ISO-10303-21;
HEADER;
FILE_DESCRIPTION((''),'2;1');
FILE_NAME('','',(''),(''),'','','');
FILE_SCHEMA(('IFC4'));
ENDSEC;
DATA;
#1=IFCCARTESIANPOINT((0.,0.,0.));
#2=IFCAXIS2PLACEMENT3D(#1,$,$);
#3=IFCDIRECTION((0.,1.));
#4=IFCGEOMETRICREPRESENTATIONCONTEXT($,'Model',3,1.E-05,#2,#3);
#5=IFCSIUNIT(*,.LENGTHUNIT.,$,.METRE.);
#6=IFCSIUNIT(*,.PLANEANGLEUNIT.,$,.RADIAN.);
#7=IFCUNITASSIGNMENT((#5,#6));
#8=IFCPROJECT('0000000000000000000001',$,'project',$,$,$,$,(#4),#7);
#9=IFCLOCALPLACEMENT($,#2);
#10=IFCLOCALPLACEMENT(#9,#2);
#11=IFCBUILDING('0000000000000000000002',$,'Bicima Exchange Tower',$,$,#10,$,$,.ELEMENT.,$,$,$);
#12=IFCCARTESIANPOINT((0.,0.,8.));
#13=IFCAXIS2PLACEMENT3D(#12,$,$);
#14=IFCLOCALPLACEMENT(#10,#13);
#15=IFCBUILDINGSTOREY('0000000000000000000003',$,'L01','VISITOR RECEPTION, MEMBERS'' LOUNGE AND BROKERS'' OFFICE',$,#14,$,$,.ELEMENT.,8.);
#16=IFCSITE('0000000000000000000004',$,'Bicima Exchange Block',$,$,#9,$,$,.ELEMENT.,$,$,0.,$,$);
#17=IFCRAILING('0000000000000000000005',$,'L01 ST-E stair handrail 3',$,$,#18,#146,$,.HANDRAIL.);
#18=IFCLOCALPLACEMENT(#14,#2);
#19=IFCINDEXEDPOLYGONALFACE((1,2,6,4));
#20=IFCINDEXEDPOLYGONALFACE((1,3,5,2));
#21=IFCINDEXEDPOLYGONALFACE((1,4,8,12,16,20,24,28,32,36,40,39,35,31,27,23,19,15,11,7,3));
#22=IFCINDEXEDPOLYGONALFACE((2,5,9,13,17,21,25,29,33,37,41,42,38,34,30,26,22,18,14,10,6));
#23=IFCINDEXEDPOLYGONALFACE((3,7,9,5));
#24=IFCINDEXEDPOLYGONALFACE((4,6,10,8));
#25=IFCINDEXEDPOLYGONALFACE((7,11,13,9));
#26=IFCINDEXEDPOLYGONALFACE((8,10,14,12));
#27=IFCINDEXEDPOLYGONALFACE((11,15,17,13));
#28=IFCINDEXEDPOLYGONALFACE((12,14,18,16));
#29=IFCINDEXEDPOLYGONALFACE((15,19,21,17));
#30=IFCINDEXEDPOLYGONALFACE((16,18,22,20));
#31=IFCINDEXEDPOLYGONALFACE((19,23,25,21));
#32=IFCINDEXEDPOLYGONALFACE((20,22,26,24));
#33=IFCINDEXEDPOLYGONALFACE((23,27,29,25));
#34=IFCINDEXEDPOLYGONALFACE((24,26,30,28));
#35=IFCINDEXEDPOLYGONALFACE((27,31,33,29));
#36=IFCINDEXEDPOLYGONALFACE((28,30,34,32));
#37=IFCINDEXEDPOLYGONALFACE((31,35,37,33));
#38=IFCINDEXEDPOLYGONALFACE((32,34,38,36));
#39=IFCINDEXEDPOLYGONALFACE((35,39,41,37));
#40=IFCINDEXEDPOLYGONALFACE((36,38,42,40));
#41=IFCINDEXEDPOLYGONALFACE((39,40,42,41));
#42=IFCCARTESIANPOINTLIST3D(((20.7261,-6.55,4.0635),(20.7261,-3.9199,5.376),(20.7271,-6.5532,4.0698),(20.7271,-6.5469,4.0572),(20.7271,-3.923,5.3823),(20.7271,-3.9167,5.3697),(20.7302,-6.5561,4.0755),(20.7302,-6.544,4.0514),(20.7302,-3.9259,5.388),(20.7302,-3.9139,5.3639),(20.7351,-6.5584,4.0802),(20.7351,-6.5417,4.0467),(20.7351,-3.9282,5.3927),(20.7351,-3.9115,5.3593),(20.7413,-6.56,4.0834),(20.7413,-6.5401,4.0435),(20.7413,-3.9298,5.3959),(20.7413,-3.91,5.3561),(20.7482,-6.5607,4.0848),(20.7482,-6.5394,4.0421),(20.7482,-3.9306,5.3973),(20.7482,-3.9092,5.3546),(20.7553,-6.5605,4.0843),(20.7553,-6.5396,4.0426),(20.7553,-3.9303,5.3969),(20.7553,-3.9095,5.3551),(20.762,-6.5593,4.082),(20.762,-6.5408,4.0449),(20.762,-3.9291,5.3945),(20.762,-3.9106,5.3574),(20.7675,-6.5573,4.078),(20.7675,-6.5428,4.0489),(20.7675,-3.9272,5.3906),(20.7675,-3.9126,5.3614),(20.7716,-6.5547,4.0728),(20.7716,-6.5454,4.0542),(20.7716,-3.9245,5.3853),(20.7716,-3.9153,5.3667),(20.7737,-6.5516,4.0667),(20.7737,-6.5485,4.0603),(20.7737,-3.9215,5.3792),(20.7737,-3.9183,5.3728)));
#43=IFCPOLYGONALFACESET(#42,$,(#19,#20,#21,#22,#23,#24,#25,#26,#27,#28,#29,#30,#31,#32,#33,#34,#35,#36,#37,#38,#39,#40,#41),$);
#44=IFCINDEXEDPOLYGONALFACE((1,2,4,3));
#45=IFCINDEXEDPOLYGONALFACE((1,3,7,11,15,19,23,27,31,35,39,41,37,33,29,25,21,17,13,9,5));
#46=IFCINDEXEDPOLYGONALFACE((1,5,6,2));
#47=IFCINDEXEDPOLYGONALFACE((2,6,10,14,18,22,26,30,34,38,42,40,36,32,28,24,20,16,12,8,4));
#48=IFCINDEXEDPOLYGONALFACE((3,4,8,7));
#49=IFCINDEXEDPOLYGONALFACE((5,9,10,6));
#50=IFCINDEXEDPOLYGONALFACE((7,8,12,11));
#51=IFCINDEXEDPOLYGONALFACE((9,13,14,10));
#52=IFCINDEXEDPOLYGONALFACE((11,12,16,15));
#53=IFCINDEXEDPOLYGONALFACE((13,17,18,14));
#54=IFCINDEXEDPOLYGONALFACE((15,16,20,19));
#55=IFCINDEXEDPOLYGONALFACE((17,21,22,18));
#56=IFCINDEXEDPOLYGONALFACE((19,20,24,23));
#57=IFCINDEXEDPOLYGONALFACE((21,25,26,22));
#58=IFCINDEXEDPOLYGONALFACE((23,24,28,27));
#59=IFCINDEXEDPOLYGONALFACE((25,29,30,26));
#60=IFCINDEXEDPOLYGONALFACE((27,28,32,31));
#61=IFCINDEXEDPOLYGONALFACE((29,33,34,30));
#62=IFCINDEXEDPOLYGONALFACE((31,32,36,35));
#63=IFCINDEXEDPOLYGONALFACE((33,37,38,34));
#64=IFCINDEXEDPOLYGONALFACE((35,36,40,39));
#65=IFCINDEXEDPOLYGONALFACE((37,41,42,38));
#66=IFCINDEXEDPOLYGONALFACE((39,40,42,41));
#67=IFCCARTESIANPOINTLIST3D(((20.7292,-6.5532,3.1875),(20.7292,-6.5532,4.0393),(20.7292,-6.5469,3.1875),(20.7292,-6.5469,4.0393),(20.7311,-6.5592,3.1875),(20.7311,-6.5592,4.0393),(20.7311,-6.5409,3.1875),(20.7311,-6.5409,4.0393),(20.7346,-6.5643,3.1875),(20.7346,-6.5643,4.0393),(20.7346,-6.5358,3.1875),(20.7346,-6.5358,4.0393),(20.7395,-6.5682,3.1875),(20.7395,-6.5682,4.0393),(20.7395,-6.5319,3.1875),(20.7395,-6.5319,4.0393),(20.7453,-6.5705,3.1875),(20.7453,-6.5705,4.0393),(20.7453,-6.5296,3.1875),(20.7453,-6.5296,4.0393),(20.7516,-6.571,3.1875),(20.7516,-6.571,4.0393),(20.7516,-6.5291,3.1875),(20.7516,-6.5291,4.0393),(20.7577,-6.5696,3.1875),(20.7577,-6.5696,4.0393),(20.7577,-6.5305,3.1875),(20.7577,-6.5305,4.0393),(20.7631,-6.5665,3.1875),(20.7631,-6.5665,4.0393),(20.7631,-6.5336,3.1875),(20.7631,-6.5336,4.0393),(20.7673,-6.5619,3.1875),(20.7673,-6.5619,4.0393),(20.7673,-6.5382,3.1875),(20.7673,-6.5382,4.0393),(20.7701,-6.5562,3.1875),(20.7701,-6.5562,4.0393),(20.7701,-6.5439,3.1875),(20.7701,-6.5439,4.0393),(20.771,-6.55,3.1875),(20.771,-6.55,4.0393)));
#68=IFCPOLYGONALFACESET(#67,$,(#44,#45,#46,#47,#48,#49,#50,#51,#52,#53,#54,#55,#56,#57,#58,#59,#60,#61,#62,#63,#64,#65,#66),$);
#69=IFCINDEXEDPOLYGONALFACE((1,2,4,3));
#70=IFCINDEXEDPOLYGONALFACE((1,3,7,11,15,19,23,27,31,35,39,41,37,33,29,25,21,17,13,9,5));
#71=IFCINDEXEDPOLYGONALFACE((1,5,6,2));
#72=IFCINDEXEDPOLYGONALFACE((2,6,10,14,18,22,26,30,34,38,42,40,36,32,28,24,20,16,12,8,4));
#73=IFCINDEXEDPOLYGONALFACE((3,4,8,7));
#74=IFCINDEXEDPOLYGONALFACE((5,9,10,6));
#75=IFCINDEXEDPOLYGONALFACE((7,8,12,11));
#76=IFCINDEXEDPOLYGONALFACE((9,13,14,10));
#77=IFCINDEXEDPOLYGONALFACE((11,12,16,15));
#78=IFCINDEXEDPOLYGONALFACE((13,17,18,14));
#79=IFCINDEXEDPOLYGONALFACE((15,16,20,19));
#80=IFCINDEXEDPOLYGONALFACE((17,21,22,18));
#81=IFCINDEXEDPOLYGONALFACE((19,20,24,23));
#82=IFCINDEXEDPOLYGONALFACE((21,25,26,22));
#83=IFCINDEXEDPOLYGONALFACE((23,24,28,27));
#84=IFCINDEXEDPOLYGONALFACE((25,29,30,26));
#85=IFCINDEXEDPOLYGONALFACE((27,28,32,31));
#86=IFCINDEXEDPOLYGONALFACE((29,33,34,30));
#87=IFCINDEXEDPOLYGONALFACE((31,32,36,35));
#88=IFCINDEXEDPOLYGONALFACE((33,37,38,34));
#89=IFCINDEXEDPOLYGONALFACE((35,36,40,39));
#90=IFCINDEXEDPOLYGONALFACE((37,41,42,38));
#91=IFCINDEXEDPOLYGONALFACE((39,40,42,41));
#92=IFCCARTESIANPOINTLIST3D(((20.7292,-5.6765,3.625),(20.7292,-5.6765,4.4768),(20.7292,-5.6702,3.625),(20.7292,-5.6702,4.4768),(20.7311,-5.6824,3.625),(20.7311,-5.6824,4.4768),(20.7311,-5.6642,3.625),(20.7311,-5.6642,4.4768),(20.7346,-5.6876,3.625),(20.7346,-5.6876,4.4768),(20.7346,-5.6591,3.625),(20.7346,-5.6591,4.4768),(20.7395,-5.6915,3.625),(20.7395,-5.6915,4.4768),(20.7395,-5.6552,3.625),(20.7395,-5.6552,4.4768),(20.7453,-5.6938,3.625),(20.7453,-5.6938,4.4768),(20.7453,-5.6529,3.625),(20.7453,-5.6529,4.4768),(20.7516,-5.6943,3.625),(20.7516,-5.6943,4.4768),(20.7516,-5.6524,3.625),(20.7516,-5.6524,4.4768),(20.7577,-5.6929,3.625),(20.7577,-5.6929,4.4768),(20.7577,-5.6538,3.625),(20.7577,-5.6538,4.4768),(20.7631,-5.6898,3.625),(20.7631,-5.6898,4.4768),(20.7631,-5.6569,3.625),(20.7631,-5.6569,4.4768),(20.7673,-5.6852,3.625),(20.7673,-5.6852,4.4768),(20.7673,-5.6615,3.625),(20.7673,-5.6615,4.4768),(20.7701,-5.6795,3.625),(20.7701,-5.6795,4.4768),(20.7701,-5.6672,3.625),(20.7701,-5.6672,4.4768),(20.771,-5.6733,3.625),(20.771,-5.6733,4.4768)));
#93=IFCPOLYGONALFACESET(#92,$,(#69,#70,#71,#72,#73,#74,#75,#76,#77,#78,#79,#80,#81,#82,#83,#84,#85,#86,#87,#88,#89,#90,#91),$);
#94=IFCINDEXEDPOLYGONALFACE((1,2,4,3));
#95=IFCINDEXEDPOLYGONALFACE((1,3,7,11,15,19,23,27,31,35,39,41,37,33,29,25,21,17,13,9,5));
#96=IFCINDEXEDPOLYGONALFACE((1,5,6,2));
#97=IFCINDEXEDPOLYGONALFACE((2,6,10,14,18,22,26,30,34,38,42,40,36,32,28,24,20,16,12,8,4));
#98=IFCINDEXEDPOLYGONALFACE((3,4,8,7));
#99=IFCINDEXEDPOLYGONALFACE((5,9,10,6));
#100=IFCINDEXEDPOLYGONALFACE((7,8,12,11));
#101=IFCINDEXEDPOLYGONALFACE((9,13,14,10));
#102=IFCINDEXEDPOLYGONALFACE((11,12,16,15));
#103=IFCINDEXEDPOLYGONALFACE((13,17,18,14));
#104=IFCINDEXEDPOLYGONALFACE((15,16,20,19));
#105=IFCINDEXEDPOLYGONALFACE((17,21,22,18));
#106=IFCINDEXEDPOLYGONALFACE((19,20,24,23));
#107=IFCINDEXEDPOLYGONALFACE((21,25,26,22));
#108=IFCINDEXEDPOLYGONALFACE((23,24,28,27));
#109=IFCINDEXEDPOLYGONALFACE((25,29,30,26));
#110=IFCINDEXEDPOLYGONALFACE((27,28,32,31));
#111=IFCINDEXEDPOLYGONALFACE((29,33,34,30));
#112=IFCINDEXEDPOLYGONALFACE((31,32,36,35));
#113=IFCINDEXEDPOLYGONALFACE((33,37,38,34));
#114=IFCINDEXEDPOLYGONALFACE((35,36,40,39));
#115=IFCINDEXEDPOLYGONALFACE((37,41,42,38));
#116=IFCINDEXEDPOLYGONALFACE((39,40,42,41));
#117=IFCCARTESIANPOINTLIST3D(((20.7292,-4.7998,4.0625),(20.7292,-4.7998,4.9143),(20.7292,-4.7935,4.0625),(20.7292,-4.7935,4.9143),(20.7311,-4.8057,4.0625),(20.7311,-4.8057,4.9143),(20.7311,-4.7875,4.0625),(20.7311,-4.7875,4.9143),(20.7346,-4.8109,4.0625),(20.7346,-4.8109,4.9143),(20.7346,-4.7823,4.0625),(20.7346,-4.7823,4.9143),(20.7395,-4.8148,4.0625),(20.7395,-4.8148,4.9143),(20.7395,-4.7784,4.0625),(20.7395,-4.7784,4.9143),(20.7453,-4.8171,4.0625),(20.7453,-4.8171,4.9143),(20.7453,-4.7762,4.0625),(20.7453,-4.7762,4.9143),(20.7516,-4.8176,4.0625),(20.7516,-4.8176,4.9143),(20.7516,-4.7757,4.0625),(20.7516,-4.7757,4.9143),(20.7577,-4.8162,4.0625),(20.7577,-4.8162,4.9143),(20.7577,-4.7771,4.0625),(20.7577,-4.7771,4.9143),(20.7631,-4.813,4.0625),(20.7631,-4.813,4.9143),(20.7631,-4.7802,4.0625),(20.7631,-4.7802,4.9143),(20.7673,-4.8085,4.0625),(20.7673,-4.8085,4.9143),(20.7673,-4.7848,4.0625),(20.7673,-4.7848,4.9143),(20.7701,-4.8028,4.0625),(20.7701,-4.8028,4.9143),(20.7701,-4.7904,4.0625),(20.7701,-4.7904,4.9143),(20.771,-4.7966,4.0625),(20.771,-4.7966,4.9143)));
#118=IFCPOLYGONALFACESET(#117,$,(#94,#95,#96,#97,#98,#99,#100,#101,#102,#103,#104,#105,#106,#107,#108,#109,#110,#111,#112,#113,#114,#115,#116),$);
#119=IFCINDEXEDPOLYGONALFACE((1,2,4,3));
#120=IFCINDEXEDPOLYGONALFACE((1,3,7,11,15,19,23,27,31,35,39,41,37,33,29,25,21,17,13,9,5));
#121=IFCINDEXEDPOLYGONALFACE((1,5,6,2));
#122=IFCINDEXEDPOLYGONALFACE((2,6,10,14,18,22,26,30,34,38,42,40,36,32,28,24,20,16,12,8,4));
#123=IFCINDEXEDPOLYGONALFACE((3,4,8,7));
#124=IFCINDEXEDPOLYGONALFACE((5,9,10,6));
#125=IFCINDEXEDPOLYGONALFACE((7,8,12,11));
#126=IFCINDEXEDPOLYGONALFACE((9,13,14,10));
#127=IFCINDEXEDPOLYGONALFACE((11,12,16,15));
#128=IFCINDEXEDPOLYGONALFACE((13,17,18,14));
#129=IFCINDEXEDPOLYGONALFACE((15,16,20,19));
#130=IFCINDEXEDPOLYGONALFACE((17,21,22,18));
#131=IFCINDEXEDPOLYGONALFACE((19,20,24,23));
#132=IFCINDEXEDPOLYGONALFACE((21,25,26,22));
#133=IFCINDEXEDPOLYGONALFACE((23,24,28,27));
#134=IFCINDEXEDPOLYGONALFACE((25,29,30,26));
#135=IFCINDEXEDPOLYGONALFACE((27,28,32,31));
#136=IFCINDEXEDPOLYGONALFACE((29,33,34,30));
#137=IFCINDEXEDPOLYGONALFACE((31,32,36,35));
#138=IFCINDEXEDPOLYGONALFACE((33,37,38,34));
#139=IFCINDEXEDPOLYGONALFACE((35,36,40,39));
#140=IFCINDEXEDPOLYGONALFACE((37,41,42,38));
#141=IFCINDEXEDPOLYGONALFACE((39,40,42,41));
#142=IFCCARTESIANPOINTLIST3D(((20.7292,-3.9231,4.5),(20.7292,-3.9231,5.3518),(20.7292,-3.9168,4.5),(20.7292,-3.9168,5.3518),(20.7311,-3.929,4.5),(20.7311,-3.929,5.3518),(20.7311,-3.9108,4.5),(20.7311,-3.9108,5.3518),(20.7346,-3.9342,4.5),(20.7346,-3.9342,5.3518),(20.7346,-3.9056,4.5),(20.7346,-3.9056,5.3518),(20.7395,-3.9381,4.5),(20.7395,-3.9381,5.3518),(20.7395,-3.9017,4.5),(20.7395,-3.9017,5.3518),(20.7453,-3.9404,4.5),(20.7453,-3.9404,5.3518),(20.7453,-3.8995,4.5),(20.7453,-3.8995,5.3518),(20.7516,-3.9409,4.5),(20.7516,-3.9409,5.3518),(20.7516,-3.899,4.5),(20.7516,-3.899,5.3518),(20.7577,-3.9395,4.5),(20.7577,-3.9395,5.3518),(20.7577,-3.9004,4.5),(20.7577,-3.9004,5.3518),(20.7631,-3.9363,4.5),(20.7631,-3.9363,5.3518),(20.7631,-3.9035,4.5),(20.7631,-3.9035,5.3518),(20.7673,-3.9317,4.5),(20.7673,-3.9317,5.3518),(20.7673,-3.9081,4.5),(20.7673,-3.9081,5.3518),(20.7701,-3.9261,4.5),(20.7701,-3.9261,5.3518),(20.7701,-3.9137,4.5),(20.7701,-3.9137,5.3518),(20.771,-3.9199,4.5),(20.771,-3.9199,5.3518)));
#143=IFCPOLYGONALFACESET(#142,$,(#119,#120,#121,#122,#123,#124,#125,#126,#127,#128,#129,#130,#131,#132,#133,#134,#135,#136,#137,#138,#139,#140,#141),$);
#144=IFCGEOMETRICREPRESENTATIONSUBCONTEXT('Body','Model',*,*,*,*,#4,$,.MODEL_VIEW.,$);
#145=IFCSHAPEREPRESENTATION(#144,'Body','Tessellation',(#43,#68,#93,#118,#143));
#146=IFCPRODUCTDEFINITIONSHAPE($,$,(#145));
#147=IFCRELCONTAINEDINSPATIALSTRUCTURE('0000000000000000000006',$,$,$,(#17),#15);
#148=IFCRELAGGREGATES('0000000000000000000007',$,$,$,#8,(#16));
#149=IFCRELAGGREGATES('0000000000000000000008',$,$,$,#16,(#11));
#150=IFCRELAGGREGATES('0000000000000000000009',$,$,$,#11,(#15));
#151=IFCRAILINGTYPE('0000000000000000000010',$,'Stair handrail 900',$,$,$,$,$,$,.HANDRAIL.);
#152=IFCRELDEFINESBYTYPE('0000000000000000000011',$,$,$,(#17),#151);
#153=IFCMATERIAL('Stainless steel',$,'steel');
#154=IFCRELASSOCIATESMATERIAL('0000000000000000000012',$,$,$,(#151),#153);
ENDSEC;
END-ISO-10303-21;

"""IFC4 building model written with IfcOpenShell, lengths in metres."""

from ifc_helpers import new_model, si_unit, direction, frame, origin, origin_2d, place, context, subcontext, project, spatial, circle, extrude, material, type_object, element, save


model = new_model("IFC4")

# Units and contexts
model_context = context("Model", 3, precision=1e-05, world=origin(), true_north=direction((0.0, 1.0)))
body_context = subcontext(model_context, "Body", "Model", "MODEL_VIEW")
ifc_project = project(units=[si_unit("LENGTHUNIT", "METRE"), si_unit("PLANEANGLEUNIT", "RADIAN")], contexts=[model_context])

# Site, building, storey
site_placement = place(None, origin())
site = spatial("IfcSite", under=ifc_project, at=site_placement, Name="Bicima Exchange Block", CompositionType="ELEMENT", RefElevation=0.0)
building_placement = place(site_placement, origin())
building = spatial("IfcBuilding", under=site, at=building_placement, Name="Bicima Exchange Tower", CompositionType="ELEMENT")
storey_placement = place(building_placement, frame((0.0, 0.0, 8.0)))
storey = spatial("IfcBuildingStorey", under=building, at=storey_placement, Name="L01", Description="VISITOR RECEPTION, MEMBERS' LOUNGE AND BROKERS' OFFICE", CompositionType="ELEMENT", Elevation=8.0)

# Railing
ifc_material_1 = material(Name="Stainless steel", Category="steel")
railing_type_1 = type_object("IfcRailingType", Name="Stair handrail 900", PredefinedType="HANDRAIL", material=ifc_material_1)
railing_1_placement = place(storey_placement, frame((20.75, -6.55, 3.1875)))
element("IfcRailing", 1, at=railing_1_placement, inside=storey, type_object=railing_type_1, Name="L01 ST-E stair handrail 3", PredefinedType="HANDRAIL", context=body_context, shape_type="SweptSolid", body=[
    extrude(circle(Radius=0.0239, at=origin_2d()), frame((0.0, 0.0, 0.876), z_axis=(0.0, 0.894776, 0.446516), x_axis=(-1.0, 0.0, 0.0)), (0.0, 0.0, 1.0), 2.9395),
    extrude(circle(Radius=0.021, at=origin_2d()), origin(), (0.0, 0.0, 1.0), 0.8518),
    extrude(circle(Radius=0.021, at=origin_2d()), frame((0.0, 0.8767, 0.4375)), (0.0, 0.0, 1.0), 0.8518),
    extrude(circle(Radius=0.021, at=origin_2d()), frame((0.0, 1.7534, 0.875)), (0.0, 0.0, 1.0), 0.8518),
    extrude(circle(Radius=0.021, at=origin_2d()), frame((0.0, 2.6301, 1.3125)), (0.0, 0.0, 1.0), 0.8518),
])

save(model, "model.ifc")
